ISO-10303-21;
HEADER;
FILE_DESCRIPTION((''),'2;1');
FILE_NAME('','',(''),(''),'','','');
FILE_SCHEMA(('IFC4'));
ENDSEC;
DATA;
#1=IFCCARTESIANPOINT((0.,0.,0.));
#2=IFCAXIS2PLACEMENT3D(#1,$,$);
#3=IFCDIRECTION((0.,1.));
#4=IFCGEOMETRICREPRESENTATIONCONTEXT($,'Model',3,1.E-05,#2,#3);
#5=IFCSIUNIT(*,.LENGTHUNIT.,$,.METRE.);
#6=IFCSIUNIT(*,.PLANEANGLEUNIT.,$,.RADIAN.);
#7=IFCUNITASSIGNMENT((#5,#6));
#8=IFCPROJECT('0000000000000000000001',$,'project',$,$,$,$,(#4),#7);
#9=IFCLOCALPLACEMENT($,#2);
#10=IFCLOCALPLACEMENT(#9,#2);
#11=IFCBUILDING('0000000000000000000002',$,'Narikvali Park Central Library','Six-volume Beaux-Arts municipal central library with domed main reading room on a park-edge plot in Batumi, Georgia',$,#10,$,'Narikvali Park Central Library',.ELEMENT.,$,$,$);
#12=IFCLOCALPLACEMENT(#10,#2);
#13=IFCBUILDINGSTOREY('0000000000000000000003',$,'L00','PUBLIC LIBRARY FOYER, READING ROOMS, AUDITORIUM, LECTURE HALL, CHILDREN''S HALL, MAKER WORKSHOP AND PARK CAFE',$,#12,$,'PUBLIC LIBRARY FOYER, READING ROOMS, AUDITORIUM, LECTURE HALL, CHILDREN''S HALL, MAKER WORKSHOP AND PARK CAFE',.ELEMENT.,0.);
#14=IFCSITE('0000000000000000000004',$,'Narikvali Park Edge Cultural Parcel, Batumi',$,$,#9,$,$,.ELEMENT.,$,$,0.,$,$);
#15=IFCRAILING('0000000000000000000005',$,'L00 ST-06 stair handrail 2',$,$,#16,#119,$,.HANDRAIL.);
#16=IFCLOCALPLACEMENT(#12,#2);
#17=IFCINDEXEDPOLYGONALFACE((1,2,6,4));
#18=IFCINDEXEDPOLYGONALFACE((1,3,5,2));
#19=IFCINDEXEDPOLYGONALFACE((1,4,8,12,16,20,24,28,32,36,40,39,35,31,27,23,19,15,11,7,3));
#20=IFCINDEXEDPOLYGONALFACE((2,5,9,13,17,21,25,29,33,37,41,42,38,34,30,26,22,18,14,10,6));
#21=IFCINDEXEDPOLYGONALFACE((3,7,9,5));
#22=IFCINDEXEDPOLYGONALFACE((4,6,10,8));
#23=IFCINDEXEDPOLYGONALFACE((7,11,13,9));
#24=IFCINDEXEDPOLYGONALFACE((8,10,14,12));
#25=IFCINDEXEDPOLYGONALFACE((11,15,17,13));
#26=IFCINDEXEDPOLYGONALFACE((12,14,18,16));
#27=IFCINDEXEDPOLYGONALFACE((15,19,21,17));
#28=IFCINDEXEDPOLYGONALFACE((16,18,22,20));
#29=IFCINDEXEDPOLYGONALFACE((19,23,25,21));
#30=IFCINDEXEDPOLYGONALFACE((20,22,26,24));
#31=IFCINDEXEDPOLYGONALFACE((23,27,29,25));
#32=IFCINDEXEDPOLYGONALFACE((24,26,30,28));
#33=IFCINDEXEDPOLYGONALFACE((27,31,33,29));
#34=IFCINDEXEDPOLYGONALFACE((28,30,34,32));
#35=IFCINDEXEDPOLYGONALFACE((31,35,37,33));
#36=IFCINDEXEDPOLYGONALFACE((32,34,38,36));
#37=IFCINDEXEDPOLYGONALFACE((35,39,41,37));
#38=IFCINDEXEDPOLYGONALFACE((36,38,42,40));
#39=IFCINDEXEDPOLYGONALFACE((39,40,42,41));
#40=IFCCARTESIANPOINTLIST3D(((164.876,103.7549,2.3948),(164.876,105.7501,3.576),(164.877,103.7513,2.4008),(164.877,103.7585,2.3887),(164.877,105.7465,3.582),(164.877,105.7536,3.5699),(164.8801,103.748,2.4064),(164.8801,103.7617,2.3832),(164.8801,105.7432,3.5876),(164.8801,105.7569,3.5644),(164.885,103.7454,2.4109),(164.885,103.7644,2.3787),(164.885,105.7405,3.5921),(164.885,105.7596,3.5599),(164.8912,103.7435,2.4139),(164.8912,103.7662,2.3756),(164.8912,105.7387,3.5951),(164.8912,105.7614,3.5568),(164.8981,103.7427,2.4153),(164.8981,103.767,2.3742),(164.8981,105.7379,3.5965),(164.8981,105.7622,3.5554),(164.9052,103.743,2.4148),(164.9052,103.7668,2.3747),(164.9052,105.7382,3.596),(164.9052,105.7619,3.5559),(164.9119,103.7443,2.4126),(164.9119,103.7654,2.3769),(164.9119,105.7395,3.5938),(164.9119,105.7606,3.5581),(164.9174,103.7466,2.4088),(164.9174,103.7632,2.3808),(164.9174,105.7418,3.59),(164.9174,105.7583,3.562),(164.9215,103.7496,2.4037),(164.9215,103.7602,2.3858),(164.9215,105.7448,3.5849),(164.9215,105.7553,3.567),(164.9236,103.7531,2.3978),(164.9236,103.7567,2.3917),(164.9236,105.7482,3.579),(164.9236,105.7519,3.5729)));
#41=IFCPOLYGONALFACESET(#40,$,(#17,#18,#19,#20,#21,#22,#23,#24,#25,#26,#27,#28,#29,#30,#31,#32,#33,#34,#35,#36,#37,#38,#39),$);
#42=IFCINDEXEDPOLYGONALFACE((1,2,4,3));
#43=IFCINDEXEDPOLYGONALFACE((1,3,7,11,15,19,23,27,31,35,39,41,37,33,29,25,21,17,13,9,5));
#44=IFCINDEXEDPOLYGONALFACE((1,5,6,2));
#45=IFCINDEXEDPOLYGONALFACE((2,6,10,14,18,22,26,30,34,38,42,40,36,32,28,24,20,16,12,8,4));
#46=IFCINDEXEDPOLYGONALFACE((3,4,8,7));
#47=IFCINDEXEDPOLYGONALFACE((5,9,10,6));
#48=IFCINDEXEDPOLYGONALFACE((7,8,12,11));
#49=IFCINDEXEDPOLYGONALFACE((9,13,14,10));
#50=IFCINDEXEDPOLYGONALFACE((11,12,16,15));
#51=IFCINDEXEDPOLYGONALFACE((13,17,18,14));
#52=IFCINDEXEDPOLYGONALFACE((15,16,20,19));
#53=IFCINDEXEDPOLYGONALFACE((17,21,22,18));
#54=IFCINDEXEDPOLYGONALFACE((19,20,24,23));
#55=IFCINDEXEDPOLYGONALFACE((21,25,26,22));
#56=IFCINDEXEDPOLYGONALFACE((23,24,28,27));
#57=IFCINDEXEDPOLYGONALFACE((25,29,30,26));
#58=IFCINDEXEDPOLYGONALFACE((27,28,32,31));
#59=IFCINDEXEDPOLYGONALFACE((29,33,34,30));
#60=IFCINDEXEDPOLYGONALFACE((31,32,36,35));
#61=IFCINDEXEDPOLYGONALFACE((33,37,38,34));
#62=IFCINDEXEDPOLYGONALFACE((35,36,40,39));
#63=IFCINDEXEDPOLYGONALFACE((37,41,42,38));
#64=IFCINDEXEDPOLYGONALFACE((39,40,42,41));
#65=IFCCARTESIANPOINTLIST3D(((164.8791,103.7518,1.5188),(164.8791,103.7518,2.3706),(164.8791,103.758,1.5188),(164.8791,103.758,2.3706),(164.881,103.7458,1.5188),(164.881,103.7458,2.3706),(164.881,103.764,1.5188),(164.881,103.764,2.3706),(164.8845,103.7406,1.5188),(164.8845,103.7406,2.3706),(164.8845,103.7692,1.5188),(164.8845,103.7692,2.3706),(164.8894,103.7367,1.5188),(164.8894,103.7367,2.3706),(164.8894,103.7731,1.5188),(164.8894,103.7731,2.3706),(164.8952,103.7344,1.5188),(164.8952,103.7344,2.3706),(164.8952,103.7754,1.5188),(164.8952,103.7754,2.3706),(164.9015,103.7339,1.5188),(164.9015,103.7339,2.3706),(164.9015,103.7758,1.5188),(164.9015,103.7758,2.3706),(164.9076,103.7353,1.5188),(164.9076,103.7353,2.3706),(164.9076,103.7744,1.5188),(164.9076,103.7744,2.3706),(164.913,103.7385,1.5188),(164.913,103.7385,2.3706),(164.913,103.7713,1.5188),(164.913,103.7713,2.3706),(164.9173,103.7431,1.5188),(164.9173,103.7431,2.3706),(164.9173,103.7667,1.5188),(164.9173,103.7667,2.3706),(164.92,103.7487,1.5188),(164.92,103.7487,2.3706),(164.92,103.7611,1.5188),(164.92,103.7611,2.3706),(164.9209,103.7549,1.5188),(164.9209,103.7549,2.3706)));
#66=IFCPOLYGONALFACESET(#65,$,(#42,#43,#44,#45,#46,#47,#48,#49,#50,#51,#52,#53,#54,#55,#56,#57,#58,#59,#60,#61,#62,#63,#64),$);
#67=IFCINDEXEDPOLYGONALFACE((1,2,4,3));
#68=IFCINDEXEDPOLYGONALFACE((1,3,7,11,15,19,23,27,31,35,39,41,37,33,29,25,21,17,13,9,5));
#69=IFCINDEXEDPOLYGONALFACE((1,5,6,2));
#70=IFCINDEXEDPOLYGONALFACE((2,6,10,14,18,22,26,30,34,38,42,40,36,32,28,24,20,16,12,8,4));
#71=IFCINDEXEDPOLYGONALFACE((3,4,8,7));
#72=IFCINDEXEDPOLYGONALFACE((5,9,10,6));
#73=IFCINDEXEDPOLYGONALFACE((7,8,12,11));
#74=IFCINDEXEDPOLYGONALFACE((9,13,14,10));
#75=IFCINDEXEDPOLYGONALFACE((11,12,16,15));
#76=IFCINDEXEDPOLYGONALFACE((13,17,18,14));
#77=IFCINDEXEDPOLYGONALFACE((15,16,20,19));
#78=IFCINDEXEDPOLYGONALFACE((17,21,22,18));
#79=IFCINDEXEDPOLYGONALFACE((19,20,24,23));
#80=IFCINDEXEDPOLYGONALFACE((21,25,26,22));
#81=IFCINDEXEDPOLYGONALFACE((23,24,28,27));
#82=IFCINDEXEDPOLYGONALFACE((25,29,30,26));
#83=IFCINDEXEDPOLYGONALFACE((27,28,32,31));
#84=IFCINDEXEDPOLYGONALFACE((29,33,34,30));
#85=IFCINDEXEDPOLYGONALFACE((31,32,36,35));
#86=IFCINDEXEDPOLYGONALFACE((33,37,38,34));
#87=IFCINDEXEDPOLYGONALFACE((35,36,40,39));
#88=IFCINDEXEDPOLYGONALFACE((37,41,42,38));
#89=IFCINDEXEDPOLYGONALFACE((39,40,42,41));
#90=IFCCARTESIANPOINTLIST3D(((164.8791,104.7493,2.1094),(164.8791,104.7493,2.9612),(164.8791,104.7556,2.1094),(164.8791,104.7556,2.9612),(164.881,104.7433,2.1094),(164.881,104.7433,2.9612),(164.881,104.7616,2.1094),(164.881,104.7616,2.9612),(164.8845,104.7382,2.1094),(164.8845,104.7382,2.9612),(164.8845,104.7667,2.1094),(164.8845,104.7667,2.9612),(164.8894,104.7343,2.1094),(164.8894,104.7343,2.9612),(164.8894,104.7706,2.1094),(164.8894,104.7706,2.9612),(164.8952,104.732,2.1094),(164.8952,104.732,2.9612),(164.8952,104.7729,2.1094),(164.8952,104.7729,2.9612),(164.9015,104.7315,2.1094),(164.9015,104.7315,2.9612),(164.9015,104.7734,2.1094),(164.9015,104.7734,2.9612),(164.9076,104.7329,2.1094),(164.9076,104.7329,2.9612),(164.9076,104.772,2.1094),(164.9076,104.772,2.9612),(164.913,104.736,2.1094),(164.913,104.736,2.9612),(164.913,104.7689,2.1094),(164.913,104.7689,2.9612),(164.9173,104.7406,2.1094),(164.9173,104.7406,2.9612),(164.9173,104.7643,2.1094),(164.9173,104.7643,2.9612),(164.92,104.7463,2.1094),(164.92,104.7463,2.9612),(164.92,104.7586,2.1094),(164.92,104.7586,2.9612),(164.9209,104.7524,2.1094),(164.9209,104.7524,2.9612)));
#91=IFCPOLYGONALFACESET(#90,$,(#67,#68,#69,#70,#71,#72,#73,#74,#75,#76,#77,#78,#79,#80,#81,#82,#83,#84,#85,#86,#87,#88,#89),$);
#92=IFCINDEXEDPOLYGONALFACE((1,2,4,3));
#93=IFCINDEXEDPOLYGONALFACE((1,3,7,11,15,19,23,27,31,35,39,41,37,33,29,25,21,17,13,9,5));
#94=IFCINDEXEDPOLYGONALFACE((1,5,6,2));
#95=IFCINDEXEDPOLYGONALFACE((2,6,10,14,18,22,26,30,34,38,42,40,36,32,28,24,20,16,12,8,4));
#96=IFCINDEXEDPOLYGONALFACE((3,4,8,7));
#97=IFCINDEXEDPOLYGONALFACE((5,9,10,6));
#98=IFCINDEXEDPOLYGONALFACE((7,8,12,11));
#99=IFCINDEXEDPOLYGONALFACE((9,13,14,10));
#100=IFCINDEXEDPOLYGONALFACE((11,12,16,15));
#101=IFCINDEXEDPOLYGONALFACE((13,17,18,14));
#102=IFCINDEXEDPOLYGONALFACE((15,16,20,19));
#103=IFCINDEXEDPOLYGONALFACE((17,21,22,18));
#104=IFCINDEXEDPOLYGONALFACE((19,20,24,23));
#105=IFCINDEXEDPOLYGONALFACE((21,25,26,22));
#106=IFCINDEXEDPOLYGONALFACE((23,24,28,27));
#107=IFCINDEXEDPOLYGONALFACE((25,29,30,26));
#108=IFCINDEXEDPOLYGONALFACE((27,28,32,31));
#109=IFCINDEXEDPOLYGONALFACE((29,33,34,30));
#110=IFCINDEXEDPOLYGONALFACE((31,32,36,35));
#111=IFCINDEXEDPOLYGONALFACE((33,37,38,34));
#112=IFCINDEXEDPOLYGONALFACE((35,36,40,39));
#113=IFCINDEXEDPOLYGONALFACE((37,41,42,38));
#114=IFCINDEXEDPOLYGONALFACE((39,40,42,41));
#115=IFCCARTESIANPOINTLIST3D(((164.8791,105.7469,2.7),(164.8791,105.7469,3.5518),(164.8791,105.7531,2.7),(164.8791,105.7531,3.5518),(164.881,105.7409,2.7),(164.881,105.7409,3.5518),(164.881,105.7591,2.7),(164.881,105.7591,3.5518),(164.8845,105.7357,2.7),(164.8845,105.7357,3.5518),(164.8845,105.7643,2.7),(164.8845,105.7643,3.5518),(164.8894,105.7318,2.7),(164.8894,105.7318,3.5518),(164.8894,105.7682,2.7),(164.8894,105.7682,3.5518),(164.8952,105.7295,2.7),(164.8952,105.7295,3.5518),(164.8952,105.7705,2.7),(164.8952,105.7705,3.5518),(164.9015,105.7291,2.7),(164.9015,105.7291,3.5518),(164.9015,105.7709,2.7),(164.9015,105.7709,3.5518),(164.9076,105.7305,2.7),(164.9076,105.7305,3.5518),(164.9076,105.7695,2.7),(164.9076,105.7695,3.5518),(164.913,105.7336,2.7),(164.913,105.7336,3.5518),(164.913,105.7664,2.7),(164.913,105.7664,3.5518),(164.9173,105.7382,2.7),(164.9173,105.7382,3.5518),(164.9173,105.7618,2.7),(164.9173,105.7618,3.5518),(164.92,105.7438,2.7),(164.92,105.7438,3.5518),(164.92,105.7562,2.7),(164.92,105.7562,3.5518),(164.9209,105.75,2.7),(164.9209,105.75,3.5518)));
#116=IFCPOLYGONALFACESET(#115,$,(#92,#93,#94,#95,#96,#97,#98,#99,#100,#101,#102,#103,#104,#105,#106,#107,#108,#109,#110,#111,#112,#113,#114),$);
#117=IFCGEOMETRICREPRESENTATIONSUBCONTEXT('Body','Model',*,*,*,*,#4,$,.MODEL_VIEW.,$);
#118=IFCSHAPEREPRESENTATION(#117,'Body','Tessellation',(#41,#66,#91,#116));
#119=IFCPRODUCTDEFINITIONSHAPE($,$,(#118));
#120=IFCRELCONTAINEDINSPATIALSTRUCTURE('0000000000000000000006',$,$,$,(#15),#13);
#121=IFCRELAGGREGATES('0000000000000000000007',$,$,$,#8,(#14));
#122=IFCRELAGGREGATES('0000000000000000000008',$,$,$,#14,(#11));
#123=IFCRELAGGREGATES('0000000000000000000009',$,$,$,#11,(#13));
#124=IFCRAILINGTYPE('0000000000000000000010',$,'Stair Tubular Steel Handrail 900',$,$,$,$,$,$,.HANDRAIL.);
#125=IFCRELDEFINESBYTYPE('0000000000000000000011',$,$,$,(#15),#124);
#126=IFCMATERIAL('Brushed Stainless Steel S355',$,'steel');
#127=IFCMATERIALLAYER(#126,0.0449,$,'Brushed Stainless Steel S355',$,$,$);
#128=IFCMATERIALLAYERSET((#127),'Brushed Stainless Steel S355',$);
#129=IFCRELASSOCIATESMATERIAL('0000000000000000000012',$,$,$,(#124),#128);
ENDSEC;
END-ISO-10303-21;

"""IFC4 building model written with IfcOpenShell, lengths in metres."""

from ifc_helpers import new_model, si_unit, direction, frame, origin, origin_2d, place, context, subcontext, project, spatial, circle, extrude, material, layer, layer_set, type_object, element, save


model = new_model("IFC4")

# Units and contexts
model_context = context("Model", 3, precision=1e-05, world=origin(), true_north=direction((0.0, 1.0)))
body_context = subcontext(model_context, "Body", "Model", "MODEL_VIEW")
ifc_project = project(units=[si_unit("LENGTHUNIT", "METRE"), si_unit("PLANEANGLEUNIT", "RADIAN")], contexts=[model_context])

# Site, building, storey
site_placement = place(None, origin())
site = spatial("IfcSite", under=ifc_project, at=site_placement, Name="Narikvali Park Edge Cultural Parcel, Batumi", CompositionType="ELEMENT", RefElevation=0.0)
building_placement = place(site_placement, origin())
building = spatial("IfcBuilding", under=site, at=building_placement, Name="Narikvali Park Central Library", Description="Six-volume Beaux-Arts municipal central library with domed main reading room on a park-edge plot in Batumi, Georgia", LongName="Narikvali Park Central Library", CompositionType="ELEMENT")
storey_placement = place(building_placement, origin())
storey = spatial("IfcBuildingStorey", under=building, at=storey_placement, Name="L00", Description="PUBLIC LIBRARY FOYER, READING ROOMS, AUDITORIUM, LECTURE HALL, CHILDREN'S HALL, MAKER WORKSHOP AND PARK CAFE", LongName="PUBLIC LIBRARY FOYER, READING ROOMS, AUDITORIUM, LECTURE HALL, CHILDREN'S HALL, MAKER WORKSHOP AND PARK CAFE", CompositionType="ELEMENT", Elevation=0.0)

# Shared definitions
ifc_material_1 = material(Name="Brushed Stainless Steel S355", Category="steel")

# Railing
ifc_layer_1 = layer(ifc_material_1, 0.0449, Name="Brushed Stainless Steel S355")
ifc_layer_set_1 = layer_set([ifc_layer_1], Name="Brushed Stainless Steel S355")
railing_type_1 = type_object("IfcRailingType", Name="Stair Tubular Steel Handrail 900", PredefinedType="HANDRAIL", material=ifc_layer_set_1)
railing_1_placement = place(storey_placement, frame((164.8999, 103.7549, 1.5188)))
element("IfcRailing", 1, at=railing_1_placement, inside=storey, type_object=railing_type_1, Name="L00 ST-06 stair handrail 2", PredefinedType="HANDRAIL", context=body_context, shape_type="SweptSolid", body=[
    extrude(circle(Radius=0.0239, at=origin_2d()), frame((0.0, 0.0, 0.876), z_axis=(0.0, 0.860507, 0.509439), x_axis=(-1.0, 0.0, 0.0)), (0.0, 0.0, 1.0), 2.3186),
    extrude(circle(Radius=0.021, at=origin_2d()), origin(), (0.0, 0.0, 1.0), 0.8518),
    extrude(circle(Radius=0.021, at=origin_2d()), frame((0.0, 0.9976, 0.5906)), (0.0, 0.0, 1.0), 0.8518),
    extrude(circle(Radius=0.021, at=origin_2d()), frame((0.0, 1.9951, 1.1812)), (0.0, 0.0, 1.0), 0.8518),
])

save(model, "model.ifc")
